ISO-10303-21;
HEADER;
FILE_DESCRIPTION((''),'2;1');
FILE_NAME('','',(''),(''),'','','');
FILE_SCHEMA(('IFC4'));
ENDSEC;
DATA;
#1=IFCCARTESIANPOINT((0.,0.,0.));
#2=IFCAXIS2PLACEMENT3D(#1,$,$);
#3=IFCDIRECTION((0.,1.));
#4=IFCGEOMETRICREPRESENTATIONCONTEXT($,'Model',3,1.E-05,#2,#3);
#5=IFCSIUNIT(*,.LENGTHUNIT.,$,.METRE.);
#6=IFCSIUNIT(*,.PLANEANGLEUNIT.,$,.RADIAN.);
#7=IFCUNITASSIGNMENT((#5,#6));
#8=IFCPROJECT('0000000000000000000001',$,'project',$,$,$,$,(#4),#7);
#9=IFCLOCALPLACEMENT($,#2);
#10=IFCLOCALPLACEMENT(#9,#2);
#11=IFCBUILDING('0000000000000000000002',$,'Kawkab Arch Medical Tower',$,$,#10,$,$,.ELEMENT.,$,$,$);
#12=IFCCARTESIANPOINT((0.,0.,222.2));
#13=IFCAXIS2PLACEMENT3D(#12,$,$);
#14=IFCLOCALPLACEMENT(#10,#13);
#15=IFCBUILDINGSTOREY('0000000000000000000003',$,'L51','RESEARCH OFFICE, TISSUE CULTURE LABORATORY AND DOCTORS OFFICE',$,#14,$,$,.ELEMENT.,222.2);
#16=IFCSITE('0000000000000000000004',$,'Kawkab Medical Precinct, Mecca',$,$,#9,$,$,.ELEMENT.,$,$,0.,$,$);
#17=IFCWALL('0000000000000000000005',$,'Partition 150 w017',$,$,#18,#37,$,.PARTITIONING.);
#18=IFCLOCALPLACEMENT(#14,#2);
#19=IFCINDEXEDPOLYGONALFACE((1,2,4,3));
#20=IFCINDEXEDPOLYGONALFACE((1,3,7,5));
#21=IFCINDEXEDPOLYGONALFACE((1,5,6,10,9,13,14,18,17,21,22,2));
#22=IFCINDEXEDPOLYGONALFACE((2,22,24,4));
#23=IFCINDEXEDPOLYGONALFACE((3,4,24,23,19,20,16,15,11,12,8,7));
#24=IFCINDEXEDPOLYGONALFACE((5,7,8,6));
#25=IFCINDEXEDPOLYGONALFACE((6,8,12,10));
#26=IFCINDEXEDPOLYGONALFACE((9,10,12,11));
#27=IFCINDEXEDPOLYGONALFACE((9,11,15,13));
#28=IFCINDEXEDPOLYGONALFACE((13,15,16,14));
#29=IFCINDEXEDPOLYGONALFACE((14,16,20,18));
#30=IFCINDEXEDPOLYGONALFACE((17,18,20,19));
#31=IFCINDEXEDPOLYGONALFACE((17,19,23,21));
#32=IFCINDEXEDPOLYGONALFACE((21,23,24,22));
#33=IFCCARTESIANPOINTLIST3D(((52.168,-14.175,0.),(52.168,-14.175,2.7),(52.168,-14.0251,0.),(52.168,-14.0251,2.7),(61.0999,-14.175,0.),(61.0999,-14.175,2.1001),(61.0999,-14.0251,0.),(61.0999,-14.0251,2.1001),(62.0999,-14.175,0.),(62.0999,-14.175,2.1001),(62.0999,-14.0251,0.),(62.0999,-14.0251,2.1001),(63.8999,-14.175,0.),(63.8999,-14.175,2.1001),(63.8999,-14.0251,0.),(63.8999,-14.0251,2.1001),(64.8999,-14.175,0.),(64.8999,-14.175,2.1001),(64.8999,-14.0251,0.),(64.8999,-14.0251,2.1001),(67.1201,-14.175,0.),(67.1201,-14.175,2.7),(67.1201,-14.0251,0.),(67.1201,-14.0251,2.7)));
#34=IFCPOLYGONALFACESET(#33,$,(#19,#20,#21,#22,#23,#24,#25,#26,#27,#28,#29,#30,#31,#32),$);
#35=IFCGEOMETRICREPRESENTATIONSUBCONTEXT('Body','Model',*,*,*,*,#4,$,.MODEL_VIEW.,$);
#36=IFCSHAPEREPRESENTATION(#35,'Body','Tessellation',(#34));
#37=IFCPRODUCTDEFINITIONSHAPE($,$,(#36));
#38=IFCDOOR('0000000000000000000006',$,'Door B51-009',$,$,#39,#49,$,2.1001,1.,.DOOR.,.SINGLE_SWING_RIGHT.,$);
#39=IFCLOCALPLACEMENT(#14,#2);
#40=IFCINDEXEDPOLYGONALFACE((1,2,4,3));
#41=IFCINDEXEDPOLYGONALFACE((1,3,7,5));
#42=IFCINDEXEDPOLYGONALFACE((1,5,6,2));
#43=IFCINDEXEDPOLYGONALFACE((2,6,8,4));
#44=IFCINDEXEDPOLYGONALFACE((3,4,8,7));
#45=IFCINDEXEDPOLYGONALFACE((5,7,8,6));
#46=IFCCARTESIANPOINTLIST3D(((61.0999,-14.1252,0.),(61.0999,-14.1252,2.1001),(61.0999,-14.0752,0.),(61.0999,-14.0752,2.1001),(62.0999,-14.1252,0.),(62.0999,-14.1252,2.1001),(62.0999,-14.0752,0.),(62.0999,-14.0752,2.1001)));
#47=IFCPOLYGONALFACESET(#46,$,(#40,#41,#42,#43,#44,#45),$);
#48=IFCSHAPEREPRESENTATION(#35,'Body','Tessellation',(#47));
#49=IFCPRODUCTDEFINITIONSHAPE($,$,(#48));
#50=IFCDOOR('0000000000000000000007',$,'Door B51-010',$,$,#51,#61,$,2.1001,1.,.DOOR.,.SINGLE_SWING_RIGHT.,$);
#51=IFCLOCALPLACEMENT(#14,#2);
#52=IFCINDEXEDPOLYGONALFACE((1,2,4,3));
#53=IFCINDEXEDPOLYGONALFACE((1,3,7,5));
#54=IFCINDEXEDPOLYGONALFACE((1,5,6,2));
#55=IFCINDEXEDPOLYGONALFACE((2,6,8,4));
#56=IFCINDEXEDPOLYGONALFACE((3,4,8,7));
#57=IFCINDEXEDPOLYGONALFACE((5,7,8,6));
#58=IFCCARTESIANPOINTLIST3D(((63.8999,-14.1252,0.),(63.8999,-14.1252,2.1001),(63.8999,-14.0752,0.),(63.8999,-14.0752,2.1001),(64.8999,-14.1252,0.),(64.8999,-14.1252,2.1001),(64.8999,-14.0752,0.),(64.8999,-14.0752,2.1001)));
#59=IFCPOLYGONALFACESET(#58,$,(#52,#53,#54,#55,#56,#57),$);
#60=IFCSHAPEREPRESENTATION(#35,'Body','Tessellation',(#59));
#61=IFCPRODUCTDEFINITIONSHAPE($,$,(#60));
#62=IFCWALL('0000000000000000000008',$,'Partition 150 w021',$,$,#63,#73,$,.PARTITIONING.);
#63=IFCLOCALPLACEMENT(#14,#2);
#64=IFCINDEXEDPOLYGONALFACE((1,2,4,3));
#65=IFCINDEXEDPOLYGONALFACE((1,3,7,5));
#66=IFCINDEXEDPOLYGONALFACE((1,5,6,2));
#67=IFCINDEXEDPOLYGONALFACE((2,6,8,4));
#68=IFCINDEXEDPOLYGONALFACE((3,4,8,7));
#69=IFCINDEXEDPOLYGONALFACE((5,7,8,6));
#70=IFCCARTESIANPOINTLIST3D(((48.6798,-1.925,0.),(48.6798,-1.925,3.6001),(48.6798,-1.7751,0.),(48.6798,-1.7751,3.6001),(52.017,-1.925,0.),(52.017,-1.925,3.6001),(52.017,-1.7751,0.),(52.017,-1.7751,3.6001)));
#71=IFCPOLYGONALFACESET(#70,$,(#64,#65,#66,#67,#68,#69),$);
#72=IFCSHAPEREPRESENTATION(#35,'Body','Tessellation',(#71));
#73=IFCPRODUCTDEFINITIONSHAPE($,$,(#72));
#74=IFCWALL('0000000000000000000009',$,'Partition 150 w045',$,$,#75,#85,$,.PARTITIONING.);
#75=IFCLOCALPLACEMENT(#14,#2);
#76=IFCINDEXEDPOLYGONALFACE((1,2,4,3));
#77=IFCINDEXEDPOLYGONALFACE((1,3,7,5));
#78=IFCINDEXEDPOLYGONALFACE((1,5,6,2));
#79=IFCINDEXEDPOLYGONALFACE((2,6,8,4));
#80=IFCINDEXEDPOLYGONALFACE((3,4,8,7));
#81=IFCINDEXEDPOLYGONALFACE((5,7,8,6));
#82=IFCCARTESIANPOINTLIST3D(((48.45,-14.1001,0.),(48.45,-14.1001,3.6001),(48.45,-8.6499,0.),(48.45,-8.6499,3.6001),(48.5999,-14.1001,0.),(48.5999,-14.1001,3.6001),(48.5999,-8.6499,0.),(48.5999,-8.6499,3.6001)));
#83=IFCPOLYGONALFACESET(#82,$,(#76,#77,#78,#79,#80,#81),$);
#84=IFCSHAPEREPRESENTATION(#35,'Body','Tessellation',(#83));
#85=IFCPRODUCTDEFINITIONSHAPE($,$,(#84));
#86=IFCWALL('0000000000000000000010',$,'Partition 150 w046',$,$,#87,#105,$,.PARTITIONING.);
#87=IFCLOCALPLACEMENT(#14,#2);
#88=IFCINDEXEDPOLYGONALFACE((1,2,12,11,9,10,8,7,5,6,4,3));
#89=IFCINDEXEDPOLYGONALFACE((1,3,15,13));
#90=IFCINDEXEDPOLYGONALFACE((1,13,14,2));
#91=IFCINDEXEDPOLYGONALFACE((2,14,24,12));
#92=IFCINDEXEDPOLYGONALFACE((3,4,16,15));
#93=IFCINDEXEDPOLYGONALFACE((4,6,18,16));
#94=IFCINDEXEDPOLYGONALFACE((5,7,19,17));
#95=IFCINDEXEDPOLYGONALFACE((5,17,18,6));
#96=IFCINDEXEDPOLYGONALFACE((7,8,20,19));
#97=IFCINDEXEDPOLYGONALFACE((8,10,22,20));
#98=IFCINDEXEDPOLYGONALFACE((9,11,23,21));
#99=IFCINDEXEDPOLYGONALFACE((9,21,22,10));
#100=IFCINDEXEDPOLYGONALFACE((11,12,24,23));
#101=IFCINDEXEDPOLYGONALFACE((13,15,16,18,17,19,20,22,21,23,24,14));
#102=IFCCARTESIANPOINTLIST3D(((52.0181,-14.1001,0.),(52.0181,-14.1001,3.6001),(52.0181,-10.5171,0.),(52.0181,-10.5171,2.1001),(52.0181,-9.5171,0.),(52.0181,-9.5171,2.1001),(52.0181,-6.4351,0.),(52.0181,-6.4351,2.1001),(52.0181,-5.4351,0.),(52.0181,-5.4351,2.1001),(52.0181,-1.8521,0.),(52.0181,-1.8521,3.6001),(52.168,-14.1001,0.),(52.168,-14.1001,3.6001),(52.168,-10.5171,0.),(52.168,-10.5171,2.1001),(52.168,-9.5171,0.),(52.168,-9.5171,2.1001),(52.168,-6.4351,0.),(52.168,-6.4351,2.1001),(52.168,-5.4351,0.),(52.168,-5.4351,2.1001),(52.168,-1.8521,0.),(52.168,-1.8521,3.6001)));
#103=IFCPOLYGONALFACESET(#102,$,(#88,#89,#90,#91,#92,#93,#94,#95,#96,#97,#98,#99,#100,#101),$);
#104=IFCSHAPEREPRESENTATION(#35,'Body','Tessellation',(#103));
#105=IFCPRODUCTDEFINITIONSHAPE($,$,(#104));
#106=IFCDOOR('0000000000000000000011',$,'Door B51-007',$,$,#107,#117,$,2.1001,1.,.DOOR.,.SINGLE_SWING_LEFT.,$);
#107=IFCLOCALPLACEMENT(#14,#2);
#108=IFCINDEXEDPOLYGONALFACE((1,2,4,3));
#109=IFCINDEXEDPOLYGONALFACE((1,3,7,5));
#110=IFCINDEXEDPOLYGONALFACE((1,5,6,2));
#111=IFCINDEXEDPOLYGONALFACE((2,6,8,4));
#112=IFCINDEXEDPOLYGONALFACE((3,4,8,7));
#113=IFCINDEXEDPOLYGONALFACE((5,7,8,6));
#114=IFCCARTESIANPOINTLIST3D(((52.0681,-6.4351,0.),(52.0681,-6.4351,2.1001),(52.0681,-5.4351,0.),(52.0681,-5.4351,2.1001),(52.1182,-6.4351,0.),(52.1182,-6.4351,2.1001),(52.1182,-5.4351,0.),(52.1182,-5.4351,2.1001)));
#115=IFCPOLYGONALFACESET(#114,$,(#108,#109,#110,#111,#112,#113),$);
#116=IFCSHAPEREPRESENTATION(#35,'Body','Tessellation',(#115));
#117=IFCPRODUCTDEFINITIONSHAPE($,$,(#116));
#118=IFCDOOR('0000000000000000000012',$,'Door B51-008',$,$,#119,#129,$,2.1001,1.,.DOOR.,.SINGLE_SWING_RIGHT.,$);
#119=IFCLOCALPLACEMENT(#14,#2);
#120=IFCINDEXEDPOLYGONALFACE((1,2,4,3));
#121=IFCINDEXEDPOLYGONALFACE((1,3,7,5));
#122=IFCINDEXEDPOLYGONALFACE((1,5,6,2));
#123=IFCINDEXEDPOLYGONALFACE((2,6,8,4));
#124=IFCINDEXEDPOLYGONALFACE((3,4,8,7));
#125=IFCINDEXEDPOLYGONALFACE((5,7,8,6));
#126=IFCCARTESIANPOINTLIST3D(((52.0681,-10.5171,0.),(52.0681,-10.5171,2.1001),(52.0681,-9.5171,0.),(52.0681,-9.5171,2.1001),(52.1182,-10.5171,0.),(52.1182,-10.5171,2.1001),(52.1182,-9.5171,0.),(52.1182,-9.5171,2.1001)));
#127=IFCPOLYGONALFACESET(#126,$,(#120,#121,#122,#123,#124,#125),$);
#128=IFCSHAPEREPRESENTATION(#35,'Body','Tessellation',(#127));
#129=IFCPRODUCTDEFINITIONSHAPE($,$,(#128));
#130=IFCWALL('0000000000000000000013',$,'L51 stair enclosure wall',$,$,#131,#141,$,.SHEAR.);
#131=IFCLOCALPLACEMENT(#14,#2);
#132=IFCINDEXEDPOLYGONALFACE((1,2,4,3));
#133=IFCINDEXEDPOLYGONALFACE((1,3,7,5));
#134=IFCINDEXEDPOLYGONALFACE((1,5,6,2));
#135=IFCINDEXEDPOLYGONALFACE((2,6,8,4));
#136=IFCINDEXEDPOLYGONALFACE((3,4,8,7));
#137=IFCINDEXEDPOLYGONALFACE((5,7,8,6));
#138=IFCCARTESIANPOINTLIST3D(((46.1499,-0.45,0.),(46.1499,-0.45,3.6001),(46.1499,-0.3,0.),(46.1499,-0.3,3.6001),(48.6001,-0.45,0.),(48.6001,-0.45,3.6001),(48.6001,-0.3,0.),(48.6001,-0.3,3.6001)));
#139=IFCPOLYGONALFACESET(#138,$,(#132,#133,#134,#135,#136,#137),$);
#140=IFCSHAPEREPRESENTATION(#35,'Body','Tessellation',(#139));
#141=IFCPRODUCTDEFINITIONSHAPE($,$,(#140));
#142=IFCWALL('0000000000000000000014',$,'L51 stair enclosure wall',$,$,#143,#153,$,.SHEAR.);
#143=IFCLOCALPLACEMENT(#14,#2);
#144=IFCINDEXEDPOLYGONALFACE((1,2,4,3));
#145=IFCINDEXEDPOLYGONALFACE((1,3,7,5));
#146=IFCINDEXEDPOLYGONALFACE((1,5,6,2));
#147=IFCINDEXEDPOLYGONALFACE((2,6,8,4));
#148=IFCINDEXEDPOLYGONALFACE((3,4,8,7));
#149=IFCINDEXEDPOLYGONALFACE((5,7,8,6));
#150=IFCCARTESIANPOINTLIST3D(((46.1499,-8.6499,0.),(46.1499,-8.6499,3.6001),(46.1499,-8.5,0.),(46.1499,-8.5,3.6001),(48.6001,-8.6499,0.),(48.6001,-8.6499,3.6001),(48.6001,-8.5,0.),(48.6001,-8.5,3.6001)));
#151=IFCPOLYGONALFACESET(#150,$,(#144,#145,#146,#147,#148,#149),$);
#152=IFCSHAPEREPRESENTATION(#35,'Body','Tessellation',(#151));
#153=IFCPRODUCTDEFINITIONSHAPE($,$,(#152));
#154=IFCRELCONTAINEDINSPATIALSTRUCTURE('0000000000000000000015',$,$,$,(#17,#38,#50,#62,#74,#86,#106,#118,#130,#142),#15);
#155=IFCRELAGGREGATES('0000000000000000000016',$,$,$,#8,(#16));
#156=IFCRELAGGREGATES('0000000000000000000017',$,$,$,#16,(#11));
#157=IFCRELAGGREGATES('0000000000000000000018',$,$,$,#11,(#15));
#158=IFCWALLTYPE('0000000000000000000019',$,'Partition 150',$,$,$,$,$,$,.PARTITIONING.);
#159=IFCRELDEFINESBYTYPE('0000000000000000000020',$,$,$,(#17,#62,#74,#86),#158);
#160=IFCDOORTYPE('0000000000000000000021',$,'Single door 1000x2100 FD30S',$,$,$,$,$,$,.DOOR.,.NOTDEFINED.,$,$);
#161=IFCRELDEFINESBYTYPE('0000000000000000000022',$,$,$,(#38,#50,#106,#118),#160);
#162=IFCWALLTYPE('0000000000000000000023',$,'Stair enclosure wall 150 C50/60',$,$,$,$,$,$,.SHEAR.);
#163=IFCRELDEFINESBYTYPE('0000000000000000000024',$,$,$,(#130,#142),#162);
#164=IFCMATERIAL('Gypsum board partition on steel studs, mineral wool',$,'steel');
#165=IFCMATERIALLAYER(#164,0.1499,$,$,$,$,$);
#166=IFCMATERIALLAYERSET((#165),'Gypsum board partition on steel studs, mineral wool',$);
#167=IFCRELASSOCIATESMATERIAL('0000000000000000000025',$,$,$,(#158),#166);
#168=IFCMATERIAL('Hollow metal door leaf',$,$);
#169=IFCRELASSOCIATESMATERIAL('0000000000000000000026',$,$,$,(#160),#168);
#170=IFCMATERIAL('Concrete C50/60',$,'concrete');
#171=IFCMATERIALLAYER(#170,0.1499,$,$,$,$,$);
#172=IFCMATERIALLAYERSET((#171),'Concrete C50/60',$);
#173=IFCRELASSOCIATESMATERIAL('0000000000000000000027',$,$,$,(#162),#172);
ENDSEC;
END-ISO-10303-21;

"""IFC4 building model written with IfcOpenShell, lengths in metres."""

from ifc_helpers import new_model, si_unit, direction, frame, frame_2d, origin, place, context, subcontext, project, spatial, rectangle, extrude, material, layer, layer_set, type_object, element, fill, save


model = new_model("IFC4")

# Units and contexts
model_context = context("Model", 3, precision=1e-05, world=origin(), true_north=direction((0.0, 1.0)))
body_context = subcontext(model_context, "Body", "Model", "MODEL_VIEW")
ifc_project = project(units=[si_unit("LENGTHUNIT", "METRE"), si_unit("PLANEANGLEUNIT", "RADIAN")], contexts=[model_context])

# Site, building, storey
site_placement = place(None, origin())
site = spatial("IfcSite", under=ifc_project, at=site_placement, Name="Kawkab Medical Precinct, Mecca", CompositionType="ELEMENT", RefElevation=0.0)
building_placement = place(site_placement, origin())
building = spatial("IfcBuilding", under=site, at=building_placement, Name="Kawkab Arch Medical Tower", CompositionType="ELEMENT")
storey_placement = place(building_placement, frame((0.0, 0.0, 222.2)))
storey = spatial("IfcBuildingStorey", under=building, at=storey_placement, Name="L51", Description="RESEARCH OFFICE, TISSUE CULTURE LABORATORY AND DOCTORS OFFICE", CompositionType="ELEMENT", Elevation=222.2)

# Wall, openings, doors
ifc_material_1 = material(Name="Gypsum board partition on steel studs, mineral wool", Category="steel")
ifc_layer_1 = layer(ifc_material_1, 0.1499)
ifc_layer_set_1 = layer_set([ifc_layer_1], Name="Gypsum board partition on steel studs, mineral wool")
wall_type_1 = type_object("IfcWallType", Name="Partition 150", PredefinedType="PARTITIONING", material=ifc_layer_set_1)
wall_1_placement = place(storey_placement, frame((52.168, -14.1001, 0.0), z_axis=(0.0, 0.0, 1.0), x_axis=(1.0, 0.0, 0.0)))
wall_1 = element("IfcWall", 1, at=wall_1_placement, inside=storey, type_object=wall_type_1, Name="Partition 150 w017", PredefinedType="PARTITIONING", context=body_context, shape_type="SweptSolid", body=[
    extrude(rectangle(XDim=14.9521, YDim=0.1499, at=frame_2d((7.4761, 0.0))), origin(), (0.0, 0.0, 1.0), 2.7),
])
opening_1_placement = place(wall_1_placement, frame((8.9319, 0.0, 0.0)))
opening_1 = element("IfcOpeningElement", 2, at=opening_1_placement, cuts=wall_1, PredefinedType="OPENING", context=body_context, shape_type="SweptSolid", body=[
    extrude(rectangle(XDim=1.0, YDim=2.1001, at=frame_2d((0.5, 1.05))), frame((0.0, 0.085, 0.0), z_axis=(0.0, -1.0, 0.0), x_axis=(1.0, 0.0, 0.0)), (0.0, 0.0, 1.0), 0.1699),
])
opening_2_placement = place(wall_1_placement, frame((11.7319, 0.0, 0.0)))
opening_2 = element("IfcOpeningElement", 3, at=opening_2_placement, cuts=wall_1, PredefinedType="OPENING", context=body_context, shape_type="SweptSolid", body=[
    extrude(rectangle(XDim=1.0, YDim=2.1001, at=frame_2d((0.5, 1.05))), frame((0.0, 0.085, 0.0), z_axis=(0.0, -1.0, 0.0), x_axis=(1.0, 0.0, 0.0)), (0.0, 0.0, 1.0), 0.1699),
])
ifc_material_2 = material(Name="Hollow metal door leaf")
door_type_1 = type_object("IfcDoorType", Name="Single door 1000x2100 FD30S", OperationType="NOTDEFINED", PredefinedType="DOOR", material=ifc_material_2)
door_1_placement = place(opening_1_placement, origin())
door_1 = element("IfcDoor", 4, at=door_1_placement, inside=storey, type_object=door_type_1, Name="Door B51-009", OperationType="SINGLE_SWING_RIGHT", OverallHeight=2.1001, OverallWidth=1.0, PredefinedType="DOOR", context=body_context, shape_type="SweptSolid", body=[
    extrude(rectangle(XDim=1.0, YDim=2.1001, at=frame_2d((0.5, 1.05))), frame((0.0, 0.0249, 0.0), z_axis=(0.0, -1.0, 0.0), x_axis=(1.0, 0.0, 0.0)), (0.0, 0.0, 1.0), 0.05),
])
fill(opening_1, door_1)
door_2_placement = place(opening_2_placement, origin())
door_2 = element("IfcDoor", 5, at=door_2_placement, inside=storey, type_object=door_type_1, Name="Door B51-010", OperationType="SINGLE_SWING_RIGHT", OverallHeight=2.1001, OverallWidth=1.0, PredefinedType="DOOR", context=body_context, shape_type="SweptSolid", body=[
    extrude(rectangle(XDim=1.0, YDim=2.1001, at=frame_2d((0.5, 1.05))), frame((0.0, 0.0249, 0.0), z_axis=(0.0, -1.0, 0.0), x_axis=(1.0, 0.0, 0.0)), (0.0, 0.0, 1.0), 0.05),
])
fill(opening_2, door_2)

# Walls
wall_2_placement = place(storey_placement, frame((48.6799, -1.8501, 0.0), z_axis=(0.0, 0.0, 1.0), x_axis=(1.0, 0.0, 0.0)))
element("IfcWall", 6, at=wall_2_placement, inside=storey, type_object=wall_type_1, Name="Partition 150 w021", PredefinedType="PARTITIONING", context=body_context, shape_type="SweptSolid", body=[
    extrude(rectangle(XDim=3.3372, YDim=0.1499, at=frame_2d((1.6685, 0.0))), origin(), (0.0, 0.0, 1.0), 3.6001),
])
wall_3_placement = place(storey_placement, frame((48.5249, -14.1001, 0.0), z_axis=(0.0, 0.0, 1.0), x_axis=(0.0, 1.0, 0.0)))
element("IfcWall", 7, at=wall_3_placement, inside=storey, type_object=wall_type_1, Name="Partition 150 w045", PredefinedType="PARTITIONING", context=body_context, shape_type="SweptSolid", body=[
    extrude(rectangle(XDim=5.4502, YDim=0.1499, at=frame_2d((2.7251, 0.0))), origin(), (0.0, 0.0, 1.0), 3.6001),
])

# Wall, openings, doors
wall_4_placement = place(storey_placement, frame((52.093, -14.1001, 0.0), z_axis=(0.0, 0.0, 1.0), x_axis=(0.0, 1.0, 0.0)))
wall_4 = element("IfcWall", 8, at=wall_4_placement, inside=storey, type_object=wall_type_1, Name="Partition 150 w046", PredefinedType="PARTITIONING", context=body_context, shape_type="SweptSolid", body=[
    extrude(rectangle(XDim=12.248, YDim=0.1499, at=frame_2d((6.124, 0.0))), origin(), (0.0, 0.0, 1.0), 3.6001),
])
opening_3_placement = place(wall_4_placement, frame((7.665, 0.0, 0.0)))
opening_3 = element("IfcOpeningElement", 9, at=opening_3_placement, cuts=wall_4, PredefinedType="OPENING", context=body_context, shape_type="SweptSolid", body=[
    extrude(rectangle(XDim=1.0, YDim=2.1001, at=frame_2d((0.5, 1.05))), frame((0.0, 0.085, 0.0), z_axis=(0.0, -1.0, 0.0), x_axis=(1.0, 0.0, 0.0)), (0.0, 0.0, 1.0), 0.1699),
])
opening_4_placement = place(wall_4_placement, frame((3.583, 0.0, 0.0)))
opening_4 = element("IfcOpeningElement", 10, at=opening_4_placement, cuts=wall_4, PredefinedType="OPENING", context=body_context, shape_type="SweptSolid", body=[
    extrude(rectangle(XDim=1.0, YDim=2.1001, at=frame_2d((0.5, 1.05))), frame((0.0, 0.085, 0.0), z_axis=(0.0, -1.0, 0.0), x_axis=(1.0, 0.0, 0.0)), (0.0, 0.0, 1.0), 0.1699),
])
door_3_placement = place(opening_3_placement, origin())
door_3 = element("IfcDoor", 11, at=door_3_placement, inside=storey, type_object=door_type_1, Name="Door B51-007", OperationType="SINGLE_SWING_LEFT", OverallHeight=2.1001, OverallWidth=1.0, PredefinedType="DOOR", context=body_context, shape_type="SweptSolid", body=[
    extrude(rectangle(XDim=1.0, YDim=2.1001, at=frame_2d((0.5, 1.05))), frame((0.0, 0.0249, 0.0), z_axis=(0.0, -1.0, 0.0), x_axis=(1.0, 0.0, 0.0)), (0.0, 0.0, 1.0), 0.05),
])
fill(opening_3, door_3)
door_4_placement = place(opening_4_placement, origin())
door_4 = element("IfcDoor", 12, at=door_4_placement, inside=storey, type_object=door_type_1, Name="Door B51-008", OperationType="SINGLE_SWING_RIGHT", OverallHeight=2.1001, OverallWidth=1.0, PredefinedType="DOOR", context=body_context, shape_type="SweptSolid", body=[
    extrude(rectangle(XDim=1.0, YDim=2.1001, at=frame_2d((0.5, 1.05))), frame((0.0, 0.0249, 0.0), z_axis=(0.0, -1.0, 0.0), x_axis=(1.0, 0.0, 0.0)), (0.0, 0.0, 1.0), 0.05),
])
fill(opening_4, door_4)

# Walls
ifc_material_3 = material(Name="Concrete C50/60", Category="concrete")
ifc_layer_2 = layer(ifc_material_3, 0.1499)
ifc_layer_set_2 = layer_set([ifc_layer_2], Name="Concrete C50/60")
wall_type_2 = type_object("IfcWallType", Name="Stair enclosure wall 150 C50/60", PredefinedType="SHEAR", material=ifc_layer_set_2)
for number, where, z_axis, x_axis, name in (
    (13, (46.1499, -0.375, 0.0), (0.0, 0.0, 1.0), (1.0, 0.0, 0.0), "L51 stair enclosure wall"),
    (14, (46.1499, -8.575, 0.0), (0.0, 0.0, 1.0), (1.0, 0.0, 0.0), "L51 stair enclosure wall"),
):
    element("IfcWall", number, at=place(storey_placement, frame(where, z_axis=z_axis, x_axis=x_axis)), inside=storey, type_object=wall_type_2, Name=name, PredefinedType="SHEAR", context=body_context, shape_type="SweptSolid", body=[
        extrude(rectangle(XDim=2.4502, YDim=0.1499, at=frame_2d((1.2251, 0.0))), origin(), (0.0, 0.0, 1.0), 3.6001),
    ])

save(model, "model.ifc")
